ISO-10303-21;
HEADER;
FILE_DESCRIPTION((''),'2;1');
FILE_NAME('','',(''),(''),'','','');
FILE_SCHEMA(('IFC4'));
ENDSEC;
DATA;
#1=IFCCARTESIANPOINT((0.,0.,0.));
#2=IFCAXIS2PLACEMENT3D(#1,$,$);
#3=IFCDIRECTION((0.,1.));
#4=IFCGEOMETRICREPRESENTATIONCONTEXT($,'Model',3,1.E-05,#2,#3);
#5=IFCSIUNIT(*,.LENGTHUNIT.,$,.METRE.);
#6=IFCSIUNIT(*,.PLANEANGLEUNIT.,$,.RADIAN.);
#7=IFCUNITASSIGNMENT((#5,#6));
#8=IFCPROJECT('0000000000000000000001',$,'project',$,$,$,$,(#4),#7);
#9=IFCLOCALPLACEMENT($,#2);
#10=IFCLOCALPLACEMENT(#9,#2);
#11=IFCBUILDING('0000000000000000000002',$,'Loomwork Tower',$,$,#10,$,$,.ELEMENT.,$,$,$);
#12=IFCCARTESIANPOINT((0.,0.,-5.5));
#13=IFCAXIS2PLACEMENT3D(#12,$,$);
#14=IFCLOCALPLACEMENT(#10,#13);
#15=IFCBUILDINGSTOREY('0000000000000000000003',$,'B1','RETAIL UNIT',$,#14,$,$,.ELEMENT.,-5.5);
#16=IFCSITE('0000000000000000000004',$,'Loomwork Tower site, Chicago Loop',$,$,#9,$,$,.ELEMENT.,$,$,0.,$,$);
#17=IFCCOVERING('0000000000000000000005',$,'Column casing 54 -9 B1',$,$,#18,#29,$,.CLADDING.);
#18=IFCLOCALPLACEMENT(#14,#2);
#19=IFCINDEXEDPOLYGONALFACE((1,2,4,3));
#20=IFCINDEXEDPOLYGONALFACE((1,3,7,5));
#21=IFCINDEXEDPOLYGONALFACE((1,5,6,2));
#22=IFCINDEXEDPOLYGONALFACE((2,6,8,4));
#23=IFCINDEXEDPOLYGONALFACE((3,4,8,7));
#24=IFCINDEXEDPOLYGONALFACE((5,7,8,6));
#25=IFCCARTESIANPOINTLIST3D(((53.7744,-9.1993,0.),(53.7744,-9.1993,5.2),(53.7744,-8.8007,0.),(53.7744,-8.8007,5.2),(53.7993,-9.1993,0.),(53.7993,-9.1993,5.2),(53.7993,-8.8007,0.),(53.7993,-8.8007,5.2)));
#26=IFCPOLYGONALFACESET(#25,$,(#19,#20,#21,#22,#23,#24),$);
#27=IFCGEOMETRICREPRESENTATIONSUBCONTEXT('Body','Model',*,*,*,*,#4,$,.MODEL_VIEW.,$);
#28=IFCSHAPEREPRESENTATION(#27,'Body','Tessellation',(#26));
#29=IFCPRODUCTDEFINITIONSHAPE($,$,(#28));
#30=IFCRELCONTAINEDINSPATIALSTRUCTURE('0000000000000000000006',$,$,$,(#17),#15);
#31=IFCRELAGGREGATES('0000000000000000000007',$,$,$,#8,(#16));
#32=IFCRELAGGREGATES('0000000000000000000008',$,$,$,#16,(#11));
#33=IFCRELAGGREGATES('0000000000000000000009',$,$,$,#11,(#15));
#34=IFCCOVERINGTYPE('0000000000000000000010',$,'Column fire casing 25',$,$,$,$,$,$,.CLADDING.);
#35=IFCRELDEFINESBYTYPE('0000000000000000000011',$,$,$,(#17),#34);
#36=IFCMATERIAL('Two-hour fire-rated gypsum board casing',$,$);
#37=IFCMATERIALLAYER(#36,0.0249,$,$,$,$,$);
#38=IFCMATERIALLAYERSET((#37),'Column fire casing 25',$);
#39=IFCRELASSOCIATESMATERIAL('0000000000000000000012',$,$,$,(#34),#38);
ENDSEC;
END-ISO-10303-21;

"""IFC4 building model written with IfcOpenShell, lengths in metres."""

from ifc_helpers import new_model, si_unit, direction, frame, origin, origin_2d, place, context, subcontext, project, spatial, rectangle, extrude, material, layer, layer_set, type_object, element, save


model = new_model("IFC4")

# Units and contexts
model_context = context("Model", 3, precision=1e-05, world=origin(), true_north=direction((0.0, 1.0)))
body_context = subcontext(model_context, "Body", "Model", "MODEL_VIEW")
ifc_project = project(units=[si_unit("LENGTHUNIT", "METRE"), si_unit("PLANEANGLEUNIT", "RADIAN")], contexts=[model_context])

# Site, building, storey
site_placement = place(None, origin())
site = spatial("IfcSite", under=ifc_project, at=site_placement, Name="Loomwork Tower site, Chicago Loop", CompositionType="ELEMENT", RefElevation=0.0)
building_placement = place(site_placement, origin())
building = spatial("IfcBuilding", under=site, at=building_placement, Name="Loomwork Tower", CompositionType="ELEMENT")
storey_placement = place(building_placement, frame((0.0, 0.0, -5.5)))
storey = spatial("IfcBuildingStorey", under=building, at=storey_placement, Name="B1", Description="RETAIL UNIT", CompositionType="ELEMENT", Elevation=-5.5)

# Covering
ifc_material_1 = material(Name="Two-hour fire-rated gypsum board casing")
ifc_layer_1 = layer(ifc_material_1, 0.0249)
ifc_layer_set_1 = layer_set([ifc_layer_1], Name="Column fire casing 25")
covering_type = type_object("IfcCoveringType", Name="Column fire casing 25", PredefinedType="CLADDING", material=ifc_layer_set_1)
for number, where, z_axis, x_axis, name in (
    (1, (53.7869, -9.0, 0.0), (0.0, 0.0, 1.0), (1.0, 0.0, 0.0), "Column casing 54 -9 B1"),
):
    element("IfcCovering", number, at=place(storey_placement, frame(where, z_axis=z_axis, x_axis=x_axis)), inside=storey, type_object=covering_type, Name=name, PredefinedType="CLADDING", context=body_context, shape_type="SweptSolid", body=[
        extrude(rectangle(XDim=0.0249, YDim=0.3987, at=origin_2d()), origin(), (0.0, 0.0, 1.0), 5.2),
    ])

save(model, "model.ifc")
